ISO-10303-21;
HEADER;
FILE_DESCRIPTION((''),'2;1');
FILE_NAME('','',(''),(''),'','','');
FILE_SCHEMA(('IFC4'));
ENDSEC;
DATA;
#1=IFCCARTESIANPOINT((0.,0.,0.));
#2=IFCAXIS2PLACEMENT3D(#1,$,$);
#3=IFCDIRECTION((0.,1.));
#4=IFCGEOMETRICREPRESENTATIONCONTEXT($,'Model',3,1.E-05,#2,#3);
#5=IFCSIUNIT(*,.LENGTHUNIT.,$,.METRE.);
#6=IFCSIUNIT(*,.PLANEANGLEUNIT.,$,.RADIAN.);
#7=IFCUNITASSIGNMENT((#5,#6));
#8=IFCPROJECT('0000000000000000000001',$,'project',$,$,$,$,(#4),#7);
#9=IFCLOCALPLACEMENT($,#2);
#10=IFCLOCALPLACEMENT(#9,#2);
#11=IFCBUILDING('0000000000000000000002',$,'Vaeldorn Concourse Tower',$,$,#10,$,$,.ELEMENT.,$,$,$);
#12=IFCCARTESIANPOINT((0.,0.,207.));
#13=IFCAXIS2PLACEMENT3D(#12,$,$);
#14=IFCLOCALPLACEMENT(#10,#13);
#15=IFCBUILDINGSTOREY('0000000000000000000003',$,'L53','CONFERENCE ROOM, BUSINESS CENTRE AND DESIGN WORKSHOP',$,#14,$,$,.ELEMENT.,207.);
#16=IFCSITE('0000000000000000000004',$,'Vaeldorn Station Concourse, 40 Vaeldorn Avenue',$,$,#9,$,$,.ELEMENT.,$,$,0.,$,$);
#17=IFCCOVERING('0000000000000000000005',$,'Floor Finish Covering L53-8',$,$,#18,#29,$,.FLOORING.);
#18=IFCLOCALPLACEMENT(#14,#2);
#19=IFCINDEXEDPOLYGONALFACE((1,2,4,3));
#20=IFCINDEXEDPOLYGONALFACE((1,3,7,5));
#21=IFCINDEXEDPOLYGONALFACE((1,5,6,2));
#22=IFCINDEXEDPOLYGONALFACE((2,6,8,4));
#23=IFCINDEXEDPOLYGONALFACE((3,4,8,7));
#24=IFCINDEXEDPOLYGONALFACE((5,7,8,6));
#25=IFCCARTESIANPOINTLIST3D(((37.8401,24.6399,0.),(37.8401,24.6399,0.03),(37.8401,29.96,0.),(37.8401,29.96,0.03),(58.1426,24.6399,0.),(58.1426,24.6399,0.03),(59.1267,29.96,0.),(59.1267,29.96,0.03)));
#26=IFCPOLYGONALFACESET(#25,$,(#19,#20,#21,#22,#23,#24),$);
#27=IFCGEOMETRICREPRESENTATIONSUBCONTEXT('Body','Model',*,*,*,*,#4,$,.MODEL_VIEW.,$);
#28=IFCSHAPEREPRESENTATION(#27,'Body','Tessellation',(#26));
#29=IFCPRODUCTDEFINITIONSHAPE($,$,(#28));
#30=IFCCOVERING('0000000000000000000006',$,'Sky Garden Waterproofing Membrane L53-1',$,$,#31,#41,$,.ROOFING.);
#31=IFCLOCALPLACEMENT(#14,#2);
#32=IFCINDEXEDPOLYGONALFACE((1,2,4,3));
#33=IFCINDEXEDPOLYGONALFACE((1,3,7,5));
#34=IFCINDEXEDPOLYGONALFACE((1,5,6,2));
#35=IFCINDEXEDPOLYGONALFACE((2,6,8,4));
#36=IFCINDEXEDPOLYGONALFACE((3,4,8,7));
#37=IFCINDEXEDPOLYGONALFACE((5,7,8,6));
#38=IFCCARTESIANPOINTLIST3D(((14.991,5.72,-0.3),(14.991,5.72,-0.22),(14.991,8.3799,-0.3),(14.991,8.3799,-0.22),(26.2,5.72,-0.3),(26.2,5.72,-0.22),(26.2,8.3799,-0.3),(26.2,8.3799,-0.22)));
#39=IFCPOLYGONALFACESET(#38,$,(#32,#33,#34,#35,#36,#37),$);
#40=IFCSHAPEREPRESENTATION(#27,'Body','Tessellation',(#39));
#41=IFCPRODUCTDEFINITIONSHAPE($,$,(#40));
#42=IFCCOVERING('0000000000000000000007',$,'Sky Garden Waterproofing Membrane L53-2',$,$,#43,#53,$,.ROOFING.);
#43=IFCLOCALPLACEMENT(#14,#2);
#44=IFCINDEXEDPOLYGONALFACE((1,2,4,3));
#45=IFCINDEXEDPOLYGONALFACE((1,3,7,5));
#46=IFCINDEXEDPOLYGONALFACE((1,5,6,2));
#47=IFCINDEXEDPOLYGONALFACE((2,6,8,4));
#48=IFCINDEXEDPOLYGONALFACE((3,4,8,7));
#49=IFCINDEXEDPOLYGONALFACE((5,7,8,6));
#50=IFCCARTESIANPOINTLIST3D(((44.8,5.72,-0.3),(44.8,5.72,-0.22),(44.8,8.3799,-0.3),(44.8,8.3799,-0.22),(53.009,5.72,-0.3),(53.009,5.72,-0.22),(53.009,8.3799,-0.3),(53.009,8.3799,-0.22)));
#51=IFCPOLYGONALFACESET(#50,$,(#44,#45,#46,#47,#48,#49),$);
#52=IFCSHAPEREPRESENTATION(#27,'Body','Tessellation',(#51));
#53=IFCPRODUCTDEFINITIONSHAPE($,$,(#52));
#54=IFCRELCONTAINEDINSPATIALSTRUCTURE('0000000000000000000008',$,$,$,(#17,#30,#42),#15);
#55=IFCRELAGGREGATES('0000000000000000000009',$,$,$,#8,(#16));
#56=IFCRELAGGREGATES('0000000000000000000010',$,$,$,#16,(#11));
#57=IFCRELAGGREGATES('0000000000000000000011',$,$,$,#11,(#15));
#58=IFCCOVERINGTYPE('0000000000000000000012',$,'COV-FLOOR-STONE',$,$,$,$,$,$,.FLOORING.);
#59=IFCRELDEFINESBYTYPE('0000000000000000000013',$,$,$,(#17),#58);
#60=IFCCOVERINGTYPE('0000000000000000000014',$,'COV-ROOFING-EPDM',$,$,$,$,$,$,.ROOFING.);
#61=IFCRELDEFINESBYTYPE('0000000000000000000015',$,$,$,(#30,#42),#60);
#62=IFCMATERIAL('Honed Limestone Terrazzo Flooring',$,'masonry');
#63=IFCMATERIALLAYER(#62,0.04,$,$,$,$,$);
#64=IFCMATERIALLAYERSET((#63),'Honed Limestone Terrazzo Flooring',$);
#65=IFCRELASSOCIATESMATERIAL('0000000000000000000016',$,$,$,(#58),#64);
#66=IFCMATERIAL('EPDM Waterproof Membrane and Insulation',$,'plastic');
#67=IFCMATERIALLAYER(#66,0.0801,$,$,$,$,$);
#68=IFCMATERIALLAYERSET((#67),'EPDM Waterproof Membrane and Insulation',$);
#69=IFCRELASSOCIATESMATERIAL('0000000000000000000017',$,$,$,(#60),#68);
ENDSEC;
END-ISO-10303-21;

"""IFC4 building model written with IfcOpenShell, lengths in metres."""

from ifc_helpers import new_model, si_unit, direction, frame, origin, place, context, subcontext, project, spatial, polyline, outline, extrude, material, layer, layer_set, type_object, element, save


model = new_model("IFC4")

# Units and contexts
model_context = context("Model", 3, precision=1e-05, world=origin(), true_north=direction((0.0, 1.0)))
body_context = subcontext(model_context, "Body", "Model", "MODEL_VIEW")
ifc_project = project(units=[si_unit("LENGTHUNIT", "METRE"), si_unit("PLANEANGLEUNIT", "RADIAN")], contexts=[model_context])

# Site, building, storey
site_placement = place(None, origin())
site = spatial("IfcSite", under=ifc_project, at=site_placement, Name="Vaeldorn Station Concourse, 40 Vaeldorn Avenue", CompositionType="ELEMENT", RefElevation=0.0)
building_placement = place(site_placement, origin())
building = spatial("IfcBuilding", under=site, at=building_placement, Name="Vaeldorn Concourse Tower", CompositionType="ELEMENT")
storey_placement = place(building_placement, frame((0.0, 0.0, 207.0)))
storey = spatial("IfcBuildingStorey", under=building, at=storey_placement, Name="L53", Description="CONFERENCE ROOM, BUSINESS CENTRE AND DESIGN WORKSHOP", CompositionType="ELEMENT", Elevation=207.0)

# Coverings
ifc_material_1 = material(Name="Honed Limestone Terrazzo Flooring", Category="masonry")
ifc_layer_1 = layer(ifc_material_1, 0.04)
ifc_layer_set_1 = layer_set([ifc_layer_1], Name="Honed Limestone Terrazzo Flooring")
covering_type_1 = type_object("IfcCoveringType", Name="COV-FLOOR-STONE", PredefinedType="FLOORING", material=ifc_layer_set_1)
covering_1_placement = place(storey_placement, origin())
element("IfcCovering", 1, at=covering_1_placement, inside=storey, type_object=covering_type_1, Name="Floor Finish Covering L53-8", PredefinedType="FLOORING", context=body_context, shape_type="SweptSolid", body=[
    extrude(outline(polyline([(37.8401, 24.6399), (37.8401, 29.96), (59.1267, 29.96), (58.1426, 24.6399), (37.8401, 24.6399)])), origin(), (0.0, 0.0, 1.0), 0.03),
])
ifc_material_2 = material(Name="EPDM Waterproof Membrane and Insulation", Category="plastic")
ifc_layer_2 = layer(ifc_material_2, 0.0801)
ifc_layer_set_2 = layer_set([ifc_layer_2], Name="EPDM Waterproof Membrane and Insulation")
covering_type_2 = type_object("IfcCoveringType", Name="COV-ROOFING-EPDM", PredefinedType="ROOFING", material=ifc_layer_set_2)
covering_2_placement = place(storey_placement, frame((0.0, 0.0, -0.3)))
element("IfcCovering", 2, at=covering_2_placement, inside=storey, type_object=covering_type_2, Name="Sky Garden Waterproofing Membrane L53-1", PredefinedType="ROOFING", context=body_context, shape_type="SweptSolid", body=[
    extrude(outline(polyline([(14.991, 5.72), (26.2, 5.72), (26.2, 8.3799), (14.991, 8.3799), (14.991, 5.72)])), origin(), (0.0, 0.0, 1.0), 0.0801),
])
covering_3_placement = place(storey_placement, frame((0.0, 0.0, -0.3)))
element("IfcCovering", 3, at=covering_3_placement, inside=storey, type_object=covering_type_2, Name="Sky Garden Waterproofing Membrane L53-2", PredefinedType="ROOFING", context=body_context, shape_type="SweptSolid", body=[
    extrude(outline(polyline([(44.8, 5.72), (53.009, 5.72), (53.009, 8.3799), (44.8, 8.3799), (44.8, 5.72)])), origin(), (0.0, 0.0, 1.0), 0.0801),
])

save(model, "model.ifc")
